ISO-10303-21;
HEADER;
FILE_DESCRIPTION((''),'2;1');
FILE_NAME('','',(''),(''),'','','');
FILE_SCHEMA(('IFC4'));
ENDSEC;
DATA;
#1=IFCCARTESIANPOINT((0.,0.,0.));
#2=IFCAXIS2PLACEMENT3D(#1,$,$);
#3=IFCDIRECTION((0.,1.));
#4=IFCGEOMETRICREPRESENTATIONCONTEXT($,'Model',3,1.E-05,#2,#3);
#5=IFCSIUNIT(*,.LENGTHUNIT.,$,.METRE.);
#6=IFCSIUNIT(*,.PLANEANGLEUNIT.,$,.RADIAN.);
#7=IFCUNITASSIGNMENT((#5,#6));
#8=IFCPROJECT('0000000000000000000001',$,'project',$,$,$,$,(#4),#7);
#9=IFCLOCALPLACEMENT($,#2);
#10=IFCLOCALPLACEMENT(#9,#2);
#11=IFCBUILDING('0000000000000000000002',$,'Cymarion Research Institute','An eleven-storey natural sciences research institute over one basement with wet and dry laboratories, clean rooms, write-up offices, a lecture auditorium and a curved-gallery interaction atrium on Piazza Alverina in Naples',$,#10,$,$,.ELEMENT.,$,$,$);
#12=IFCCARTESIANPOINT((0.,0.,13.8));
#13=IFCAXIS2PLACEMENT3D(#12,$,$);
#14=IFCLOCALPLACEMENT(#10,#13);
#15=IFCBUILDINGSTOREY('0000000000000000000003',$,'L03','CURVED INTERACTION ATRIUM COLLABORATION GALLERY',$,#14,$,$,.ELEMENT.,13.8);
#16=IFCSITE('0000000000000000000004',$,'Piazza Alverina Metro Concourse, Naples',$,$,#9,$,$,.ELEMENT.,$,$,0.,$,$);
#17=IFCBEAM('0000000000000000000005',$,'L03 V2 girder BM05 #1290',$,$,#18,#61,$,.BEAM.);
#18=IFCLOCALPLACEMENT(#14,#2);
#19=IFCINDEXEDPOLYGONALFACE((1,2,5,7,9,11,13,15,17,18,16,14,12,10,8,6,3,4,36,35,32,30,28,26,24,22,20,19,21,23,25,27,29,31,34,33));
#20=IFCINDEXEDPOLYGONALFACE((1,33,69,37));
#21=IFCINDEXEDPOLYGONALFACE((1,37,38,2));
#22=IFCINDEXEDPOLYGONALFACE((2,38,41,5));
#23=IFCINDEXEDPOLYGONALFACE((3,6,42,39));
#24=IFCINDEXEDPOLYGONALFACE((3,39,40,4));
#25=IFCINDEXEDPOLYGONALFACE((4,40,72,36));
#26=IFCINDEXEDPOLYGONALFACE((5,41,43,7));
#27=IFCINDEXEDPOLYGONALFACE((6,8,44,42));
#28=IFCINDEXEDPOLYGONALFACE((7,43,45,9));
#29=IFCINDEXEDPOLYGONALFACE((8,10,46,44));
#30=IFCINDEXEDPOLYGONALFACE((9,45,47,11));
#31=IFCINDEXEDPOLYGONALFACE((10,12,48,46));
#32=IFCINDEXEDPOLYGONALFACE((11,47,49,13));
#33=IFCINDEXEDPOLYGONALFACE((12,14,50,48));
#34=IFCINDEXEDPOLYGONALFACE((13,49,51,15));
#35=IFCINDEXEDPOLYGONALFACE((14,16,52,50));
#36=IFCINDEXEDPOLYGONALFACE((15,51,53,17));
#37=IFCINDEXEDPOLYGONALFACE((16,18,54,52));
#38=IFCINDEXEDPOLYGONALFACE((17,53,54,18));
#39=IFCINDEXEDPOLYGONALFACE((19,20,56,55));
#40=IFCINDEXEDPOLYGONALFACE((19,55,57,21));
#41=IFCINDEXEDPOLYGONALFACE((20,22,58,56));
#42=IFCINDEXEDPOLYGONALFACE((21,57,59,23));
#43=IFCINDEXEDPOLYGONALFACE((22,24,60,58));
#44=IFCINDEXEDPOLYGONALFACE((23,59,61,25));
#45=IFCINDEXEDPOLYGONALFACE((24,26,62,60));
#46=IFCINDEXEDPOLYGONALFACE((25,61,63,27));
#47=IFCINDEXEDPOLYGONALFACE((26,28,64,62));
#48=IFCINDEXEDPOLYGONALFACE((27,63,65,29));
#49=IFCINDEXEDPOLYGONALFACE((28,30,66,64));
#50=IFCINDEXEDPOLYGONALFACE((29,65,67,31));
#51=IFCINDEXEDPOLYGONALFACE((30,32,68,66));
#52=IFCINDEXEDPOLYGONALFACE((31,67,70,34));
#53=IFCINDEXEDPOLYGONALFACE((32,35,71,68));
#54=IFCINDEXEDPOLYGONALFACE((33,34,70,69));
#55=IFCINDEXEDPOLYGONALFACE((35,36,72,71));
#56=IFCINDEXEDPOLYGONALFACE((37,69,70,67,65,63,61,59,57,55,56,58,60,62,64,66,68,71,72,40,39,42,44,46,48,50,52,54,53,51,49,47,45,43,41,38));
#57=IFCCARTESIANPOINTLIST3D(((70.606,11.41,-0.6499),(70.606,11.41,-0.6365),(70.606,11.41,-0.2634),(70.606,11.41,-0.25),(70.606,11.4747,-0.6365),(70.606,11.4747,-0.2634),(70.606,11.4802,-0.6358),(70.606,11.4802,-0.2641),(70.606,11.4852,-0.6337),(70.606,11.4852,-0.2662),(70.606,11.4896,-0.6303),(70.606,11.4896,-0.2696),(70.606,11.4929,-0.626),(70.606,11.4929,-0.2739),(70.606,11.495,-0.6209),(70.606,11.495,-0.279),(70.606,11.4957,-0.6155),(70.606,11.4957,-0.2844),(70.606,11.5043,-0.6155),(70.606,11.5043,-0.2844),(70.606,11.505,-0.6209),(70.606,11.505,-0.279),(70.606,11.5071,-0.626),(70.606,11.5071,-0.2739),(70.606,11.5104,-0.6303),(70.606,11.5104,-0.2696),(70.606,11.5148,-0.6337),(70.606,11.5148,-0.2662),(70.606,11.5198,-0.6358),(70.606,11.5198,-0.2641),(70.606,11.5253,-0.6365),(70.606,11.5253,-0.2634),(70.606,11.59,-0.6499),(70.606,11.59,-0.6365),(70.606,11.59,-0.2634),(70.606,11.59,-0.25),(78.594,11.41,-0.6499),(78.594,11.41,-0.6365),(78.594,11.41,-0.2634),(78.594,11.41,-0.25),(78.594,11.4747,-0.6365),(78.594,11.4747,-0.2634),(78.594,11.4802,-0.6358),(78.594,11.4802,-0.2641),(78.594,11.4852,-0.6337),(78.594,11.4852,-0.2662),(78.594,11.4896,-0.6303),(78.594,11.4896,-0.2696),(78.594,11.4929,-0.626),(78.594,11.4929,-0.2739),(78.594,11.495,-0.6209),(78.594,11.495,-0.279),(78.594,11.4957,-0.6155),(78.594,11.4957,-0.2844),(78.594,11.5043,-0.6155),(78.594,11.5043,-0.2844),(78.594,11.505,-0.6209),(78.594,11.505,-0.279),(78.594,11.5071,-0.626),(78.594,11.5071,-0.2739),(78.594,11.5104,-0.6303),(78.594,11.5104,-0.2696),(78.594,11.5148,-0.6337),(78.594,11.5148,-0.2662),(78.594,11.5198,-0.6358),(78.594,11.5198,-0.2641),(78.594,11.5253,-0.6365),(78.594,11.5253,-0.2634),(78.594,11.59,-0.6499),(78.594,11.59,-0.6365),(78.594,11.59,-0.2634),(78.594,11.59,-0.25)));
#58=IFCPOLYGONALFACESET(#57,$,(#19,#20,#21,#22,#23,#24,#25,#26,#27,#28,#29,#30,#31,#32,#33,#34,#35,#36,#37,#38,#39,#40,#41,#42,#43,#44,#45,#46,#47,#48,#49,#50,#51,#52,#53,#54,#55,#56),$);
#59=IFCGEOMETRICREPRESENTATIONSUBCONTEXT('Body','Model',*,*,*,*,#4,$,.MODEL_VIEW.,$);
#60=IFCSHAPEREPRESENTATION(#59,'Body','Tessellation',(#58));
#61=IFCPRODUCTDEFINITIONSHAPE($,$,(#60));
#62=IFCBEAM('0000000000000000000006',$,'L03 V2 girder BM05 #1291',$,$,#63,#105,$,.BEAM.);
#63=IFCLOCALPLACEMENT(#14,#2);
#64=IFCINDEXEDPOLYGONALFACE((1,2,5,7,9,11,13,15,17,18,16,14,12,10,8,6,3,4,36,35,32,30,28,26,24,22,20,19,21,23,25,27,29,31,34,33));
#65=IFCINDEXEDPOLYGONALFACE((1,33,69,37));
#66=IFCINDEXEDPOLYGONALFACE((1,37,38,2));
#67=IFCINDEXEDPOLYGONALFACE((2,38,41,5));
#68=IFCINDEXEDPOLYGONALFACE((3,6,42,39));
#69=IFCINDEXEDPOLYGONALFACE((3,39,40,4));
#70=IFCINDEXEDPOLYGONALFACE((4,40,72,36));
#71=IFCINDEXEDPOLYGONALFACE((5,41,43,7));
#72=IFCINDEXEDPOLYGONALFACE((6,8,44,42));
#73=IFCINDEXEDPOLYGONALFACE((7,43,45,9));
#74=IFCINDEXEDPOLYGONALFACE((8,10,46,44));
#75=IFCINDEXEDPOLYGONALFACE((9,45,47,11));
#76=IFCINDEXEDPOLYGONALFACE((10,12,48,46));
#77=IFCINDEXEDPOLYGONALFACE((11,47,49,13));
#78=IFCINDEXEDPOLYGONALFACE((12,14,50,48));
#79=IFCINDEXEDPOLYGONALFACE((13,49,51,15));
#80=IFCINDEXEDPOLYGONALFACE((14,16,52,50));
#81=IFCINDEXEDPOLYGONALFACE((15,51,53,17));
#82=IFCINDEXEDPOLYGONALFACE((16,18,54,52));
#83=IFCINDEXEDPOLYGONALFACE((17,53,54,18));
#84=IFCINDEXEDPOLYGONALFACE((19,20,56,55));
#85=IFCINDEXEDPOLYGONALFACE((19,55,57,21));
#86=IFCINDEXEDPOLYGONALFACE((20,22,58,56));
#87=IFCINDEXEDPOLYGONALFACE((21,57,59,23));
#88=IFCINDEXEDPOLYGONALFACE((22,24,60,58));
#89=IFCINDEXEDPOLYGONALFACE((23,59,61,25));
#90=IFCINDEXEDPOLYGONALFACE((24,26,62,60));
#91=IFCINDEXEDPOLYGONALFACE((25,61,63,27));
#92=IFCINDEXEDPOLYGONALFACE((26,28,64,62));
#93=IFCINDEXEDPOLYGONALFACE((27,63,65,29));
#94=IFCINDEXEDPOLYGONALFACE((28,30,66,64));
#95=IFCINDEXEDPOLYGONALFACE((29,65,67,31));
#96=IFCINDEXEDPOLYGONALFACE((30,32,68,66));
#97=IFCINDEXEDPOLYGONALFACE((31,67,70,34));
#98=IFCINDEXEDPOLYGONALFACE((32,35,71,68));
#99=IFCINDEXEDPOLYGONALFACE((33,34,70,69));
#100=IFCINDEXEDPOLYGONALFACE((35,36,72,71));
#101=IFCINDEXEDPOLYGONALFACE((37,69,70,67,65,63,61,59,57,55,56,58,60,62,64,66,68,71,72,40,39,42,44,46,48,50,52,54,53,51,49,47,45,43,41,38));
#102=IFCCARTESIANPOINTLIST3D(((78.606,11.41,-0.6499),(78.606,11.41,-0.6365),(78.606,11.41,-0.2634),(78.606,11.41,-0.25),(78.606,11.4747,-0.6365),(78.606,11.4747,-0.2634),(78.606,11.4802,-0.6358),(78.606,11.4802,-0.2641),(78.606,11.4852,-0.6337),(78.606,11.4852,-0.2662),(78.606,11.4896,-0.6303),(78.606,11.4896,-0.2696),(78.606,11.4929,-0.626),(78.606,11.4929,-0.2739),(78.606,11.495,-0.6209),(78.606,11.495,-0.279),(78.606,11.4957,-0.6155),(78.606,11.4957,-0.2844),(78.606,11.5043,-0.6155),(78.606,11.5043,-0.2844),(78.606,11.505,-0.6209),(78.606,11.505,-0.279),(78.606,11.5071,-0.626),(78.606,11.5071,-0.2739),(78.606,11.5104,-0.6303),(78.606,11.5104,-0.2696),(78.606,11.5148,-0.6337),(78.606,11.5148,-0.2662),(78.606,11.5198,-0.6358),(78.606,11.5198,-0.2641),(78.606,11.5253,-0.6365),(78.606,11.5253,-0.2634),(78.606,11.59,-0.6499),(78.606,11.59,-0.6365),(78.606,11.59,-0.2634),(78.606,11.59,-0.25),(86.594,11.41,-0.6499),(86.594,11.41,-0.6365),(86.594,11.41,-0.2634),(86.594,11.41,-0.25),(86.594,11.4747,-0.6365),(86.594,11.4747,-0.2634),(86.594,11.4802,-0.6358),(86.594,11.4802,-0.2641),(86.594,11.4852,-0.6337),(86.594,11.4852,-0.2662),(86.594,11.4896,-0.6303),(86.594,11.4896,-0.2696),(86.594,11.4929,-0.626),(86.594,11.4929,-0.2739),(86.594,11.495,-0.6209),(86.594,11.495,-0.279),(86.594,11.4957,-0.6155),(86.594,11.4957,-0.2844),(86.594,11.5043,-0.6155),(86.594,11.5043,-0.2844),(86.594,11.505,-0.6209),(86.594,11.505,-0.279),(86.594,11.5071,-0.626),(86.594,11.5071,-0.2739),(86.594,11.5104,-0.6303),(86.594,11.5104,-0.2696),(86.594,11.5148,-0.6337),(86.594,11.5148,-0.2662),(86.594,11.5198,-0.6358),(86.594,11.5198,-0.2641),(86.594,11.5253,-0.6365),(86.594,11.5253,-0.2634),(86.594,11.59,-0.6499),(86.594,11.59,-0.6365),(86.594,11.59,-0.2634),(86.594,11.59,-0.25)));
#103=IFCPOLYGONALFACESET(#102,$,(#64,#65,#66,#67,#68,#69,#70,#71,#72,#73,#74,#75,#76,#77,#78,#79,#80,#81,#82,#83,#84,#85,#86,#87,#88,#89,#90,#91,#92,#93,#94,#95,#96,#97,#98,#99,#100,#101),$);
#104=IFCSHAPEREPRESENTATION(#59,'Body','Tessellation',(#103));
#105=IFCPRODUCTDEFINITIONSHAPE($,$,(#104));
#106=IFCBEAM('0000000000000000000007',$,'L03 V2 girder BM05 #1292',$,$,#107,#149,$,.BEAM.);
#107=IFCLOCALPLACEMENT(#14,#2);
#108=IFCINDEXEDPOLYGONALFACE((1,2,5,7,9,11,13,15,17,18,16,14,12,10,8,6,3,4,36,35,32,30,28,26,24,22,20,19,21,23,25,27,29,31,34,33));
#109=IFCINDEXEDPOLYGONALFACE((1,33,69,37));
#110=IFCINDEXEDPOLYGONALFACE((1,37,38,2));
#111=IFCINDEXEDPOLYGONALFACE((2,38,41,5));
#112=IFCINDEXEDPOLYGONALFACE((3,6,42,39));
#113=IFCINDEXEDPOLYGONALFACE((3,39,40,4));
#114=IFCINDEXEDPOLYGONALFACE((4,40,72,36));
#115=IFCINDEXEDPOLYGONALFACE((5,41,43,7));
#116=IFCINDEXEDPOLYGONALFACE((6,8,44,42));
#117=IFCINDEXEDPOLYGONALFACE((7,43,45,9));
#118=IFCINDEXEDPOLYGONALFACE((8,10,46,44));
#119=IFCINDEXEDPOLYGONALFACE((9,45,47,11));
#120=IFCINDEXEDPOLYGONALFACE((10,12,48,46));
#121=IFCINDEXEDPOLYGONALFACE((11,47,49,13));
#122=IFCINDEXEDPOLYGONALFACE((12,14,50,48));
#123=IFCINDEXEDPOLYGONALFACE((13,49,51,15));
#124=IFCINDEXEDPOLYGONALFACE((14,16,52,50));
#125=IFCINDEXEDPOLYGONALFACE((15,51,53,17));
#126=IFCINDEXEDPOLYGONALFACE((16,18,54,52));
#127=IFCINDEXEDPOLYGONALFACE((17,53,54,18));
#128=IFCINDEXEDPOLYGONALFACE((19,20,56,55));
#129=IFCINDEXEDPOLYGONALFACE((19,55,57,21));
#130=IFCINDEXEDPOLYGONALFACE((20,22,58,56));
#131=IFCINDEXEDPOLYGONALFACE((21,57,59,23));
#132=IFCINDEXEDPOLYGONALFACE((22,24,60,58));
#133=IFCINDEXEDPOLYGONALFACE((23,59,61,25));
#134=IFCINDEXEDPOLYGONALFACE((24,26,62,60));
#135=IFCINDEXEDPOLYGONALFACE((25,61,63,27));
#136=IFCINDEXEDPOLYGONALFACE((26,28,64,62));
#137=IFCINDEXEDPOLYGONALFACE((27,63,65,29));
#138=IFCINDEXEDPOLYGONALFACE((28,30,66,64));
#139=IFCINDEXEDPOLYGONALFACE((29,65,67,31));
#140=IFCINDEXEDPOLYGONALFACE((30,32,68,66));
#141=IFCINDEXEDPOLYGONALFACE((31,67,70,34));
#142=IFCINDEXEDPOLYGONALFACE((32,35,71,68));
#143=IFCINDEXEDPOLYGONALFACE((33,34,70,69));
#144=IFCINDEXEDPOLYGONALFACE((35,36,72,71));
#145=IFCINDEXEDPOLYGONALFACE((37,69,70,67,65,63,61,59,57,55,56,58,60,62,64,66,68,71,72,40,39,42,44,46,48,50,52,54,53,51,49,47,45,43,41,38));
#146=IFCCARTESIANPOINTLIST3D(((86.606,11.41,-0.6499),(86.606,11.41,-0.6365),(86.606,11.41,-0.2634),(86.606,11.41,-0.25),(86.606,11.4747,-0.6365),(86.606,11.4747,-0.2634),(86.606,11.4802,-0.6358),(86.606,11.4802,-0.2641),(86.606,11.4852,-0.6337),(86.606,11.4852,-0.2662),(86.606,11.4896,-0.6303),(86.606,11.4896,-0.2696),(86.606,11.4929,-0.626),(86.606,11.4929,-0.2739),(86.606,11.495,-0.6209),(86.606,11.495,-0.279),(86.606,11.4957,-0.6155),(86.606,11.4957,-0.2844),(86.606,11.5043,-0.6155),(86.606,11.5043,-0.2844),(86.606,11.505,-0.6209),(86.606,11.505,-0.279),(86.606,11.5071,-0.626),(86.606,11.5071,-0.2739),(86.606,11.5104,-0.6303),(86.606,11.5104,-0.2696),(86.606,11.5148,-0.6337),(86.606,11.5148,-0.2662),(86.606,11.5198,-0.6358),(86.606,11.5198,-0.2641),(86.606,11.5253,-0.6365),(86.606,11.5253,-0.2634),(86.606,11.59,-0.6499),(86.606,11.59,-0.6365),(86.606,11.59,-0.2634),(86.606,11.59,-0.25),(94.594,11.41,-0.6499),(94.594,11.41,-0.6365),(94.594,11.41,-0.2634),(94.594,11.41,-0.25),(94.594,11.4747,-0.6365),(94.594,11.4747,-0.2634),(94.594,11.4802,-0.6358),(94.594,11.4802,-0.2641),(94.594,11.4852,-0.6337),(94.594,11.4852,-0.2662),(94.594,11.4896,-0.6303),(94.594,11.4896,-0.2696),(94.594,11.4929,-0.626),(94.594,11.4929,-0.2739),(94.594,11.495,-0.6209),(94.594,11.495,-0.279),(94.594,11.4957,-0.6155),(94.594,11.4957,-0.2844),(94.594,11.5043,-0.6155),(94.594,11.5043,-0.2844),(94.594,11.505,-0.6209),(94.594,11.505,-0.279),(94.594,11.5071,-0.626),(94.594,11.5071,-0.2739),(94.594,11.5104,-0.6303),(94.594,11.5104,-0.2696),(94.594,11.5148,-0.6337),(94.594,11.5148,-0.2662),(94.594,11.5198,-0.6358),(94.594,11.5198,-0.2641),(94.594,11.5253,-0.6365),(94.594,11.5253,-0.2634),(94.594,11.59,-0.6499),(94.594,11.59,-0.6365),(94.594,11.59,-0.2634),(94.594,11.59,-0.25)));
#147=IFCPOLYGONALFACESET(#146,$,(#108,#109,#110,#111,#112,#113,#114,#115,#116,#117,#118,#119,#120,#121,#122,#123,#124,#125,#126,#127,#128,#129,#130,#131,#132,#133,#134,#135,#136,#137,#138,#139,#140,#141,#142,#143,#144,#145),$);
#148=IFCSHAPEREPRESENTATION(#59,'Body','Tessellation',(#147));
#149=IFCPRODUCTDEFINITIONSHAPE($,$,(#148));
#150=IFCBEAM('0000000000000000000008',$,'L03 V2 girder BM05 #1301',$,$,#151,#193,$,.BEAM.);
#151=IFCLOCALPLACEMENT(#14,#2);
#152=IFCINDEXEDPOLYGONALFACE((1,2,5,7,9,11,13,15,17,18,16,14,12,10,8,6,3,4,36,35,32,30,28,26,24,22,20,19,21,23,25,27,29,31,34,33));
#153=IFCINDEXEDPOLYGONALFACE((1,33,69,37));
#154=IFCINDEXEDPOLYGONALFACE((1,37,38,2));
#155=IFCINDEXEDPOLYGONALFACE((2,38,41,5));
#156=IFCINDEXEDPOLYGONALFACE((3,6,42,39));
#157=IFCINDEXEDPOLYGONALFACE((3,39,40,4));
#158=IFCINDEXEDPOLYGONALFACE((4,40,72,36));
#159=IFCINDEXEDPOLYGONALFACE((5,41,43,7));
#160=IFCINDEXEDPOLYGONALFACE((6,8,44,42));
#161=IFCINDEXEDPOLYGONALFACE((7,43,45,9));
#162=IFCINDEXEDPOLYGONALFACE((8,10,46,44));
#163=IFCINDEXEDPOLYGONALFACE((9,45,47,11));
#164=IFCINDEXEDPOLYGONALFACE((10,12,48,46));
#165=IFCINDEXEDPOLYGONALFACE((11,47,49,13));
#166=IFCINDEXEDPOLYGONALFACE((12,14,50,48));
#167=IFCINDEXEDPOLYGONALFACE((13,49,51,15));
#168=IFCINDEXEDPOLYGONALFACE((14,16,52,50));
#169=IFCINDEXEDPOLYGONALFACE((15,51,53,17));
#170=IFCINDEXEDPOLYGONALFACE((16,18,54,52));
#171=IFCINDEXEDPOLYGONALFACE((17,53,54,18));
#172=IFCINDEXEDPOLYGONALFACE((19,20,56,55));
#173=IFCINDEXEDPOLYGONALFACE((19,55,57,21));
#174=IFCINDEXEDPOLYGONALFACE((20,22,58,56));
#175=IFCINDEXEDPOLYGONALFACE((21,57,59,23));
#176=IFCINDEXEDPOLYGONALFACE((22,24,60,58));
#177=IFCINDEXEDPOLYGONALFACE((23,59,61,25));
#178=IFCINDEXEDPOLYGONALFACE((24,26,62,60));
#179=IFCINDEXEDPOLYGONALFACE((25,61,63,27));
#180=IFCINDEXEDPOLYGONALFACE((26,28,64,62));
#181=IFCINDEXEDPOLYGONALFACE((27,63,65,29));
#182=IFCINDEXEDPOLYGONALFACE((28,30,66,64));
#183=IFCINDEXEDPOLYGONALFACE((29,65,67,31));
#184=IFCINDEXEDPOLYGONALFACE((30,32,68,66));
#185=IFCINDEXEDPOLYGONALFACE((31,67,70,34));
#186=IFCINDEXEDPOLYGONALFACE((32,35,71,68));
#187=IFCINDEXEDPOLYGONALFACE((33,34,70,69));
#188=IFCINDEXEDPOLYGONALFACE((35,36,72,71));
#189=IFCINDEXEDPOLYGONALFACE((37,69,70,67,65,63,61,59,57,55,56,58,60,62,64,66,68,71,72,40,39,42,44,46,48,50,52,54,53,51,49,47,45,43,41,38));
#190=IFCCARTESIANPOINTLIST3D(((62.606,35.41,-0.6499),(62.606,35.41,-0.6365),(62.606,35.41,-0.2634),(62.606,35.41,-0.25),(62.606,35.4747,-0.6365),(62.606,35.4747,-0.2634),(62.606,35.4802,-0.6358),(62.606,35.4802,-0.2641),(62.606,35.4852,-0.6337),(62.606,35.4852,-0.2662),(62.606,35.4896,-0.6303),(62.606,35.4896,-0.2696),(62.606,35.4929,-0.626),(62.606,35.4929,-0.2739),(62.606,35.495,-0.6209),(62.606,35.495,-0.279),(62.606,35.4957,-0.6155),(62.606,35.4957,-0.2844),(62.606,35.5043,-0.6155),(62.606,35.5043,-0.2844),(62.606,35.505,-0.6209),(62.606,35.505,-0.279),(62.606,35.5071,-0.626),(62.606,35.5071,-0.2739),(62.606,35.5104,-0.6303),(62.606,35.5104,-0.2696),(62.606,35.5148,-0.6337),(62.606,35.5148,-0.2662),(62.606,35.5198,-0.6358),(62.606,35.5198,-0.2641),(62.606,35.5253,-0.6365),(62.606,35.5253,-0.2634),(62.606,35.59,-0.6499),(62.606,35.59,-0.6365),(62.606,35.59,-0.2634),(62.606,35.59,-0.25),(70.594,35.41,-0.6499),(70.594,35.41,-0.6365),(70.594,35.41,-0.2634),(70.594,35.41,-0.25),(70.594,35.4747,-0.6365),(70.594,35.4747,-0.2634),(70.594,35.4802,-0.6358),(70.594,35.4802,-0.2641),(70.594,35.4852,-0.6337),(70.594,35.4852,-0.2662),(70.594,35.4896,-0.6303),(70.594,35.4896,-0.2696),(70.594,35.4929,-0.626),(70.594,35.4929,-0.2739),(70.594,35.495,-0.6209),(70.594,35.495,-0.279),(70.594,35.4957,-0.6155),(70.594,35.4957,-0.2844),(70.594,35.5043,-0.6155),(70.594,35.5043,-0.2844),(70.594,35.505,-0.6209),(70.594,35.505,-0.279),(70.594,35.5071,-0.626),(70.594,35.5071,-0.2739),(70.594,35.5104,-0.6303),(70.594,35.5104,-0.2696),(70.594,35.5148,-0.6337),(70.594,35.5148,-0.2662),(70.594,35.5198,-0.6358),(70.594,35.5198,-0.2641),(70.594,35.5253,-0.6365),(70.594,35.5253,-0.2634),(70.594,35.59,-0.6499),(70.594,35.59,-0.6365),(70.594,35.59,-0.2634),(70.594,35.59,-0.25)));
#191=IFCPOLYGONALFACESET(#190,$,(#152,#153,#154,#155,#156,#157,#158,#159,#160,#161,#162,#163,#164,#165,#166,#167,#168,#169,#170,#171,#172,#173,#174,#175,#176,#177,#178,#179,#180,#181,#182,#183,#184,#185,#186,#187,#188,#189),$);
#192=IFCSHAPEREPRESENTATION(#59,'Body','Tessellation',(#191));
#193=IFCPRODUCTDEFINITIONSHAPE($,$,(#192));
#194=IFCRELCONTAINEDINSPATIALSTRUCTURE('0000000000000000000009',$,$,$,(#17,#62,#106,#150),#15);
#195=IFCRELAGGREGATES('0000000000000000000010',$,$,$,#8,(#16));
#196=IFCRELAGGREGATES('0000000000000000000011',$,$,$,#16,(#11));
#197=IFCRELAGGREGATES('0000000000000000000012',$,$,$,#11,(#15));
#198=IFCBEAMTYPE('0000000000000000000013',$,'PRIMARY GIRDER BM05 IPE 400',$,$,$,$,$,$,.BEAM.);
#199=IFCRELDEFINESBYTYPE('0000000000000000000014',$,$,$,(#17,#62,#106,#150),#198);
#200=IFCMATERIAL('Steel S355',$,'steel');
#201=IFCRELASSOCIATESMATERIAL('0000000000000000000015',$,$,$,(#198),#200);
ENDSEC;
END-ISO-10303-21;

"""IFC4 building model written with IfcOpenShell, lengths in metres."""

from ifc_helpers import new_model, si_unit, direction, frame, origin, origin_2d, place, context, subcontext, project, spatial, i_section, extrude, material, material_profile, profile_set, type_object, element, save


model = new_model("IFC4")

# Units and contexts
model_context = context("Model", 3, precision=1e-05, world=origin(), true_north=direction((0.0, 1.0)))
body_context = subcontext(model_context, "Body", "Model", "MODEL_VIEW")
ifc_project = project(units=[si_unit("LENGTHUNIT", "METRE"), si_unit("PLANEANGLEUNIT", "RADIAN")], contexts=[model_context])

# Site, building, storey
site_placement = place(None, origin())
site = spatial("IfcSite", under=ifc_project, at=site_placement, Name="Piazza Alverina Metro Concourse, Naples", CompositionType="ELEMENT", RefElevation=0.0)
building_placement = place(site_placement, origin())
building = spatial("IfcBuilding", under=site, at=building_placement, Name="Cymarion Research Institute", Description="An eleven-storey natural sciences research institute over one basement with wet and dry laboratories, clean rooms, write-up offices, a lecture auditorium and a curved-gallery interaction atrium on Piazza Alverina in Naples", CompositionType="ELEMENT")
storey_placement = place(building_placement, frame((0.0, 0.0, 13.8)))
storey = spatial("IfcBuildingStorey", under=building, at=storey_placement, Name="L03", Description="CURVED INTERACTION ATRIUM COLLABORATION GALLERY", CompositionType="ELEMENT", Elevation=13.8)

# Shared definitions
ifc_material = material(Name="Steel S355", Category="steel")

# Beams
ifc_material_profile_1 = material_profile(ifc_material, i_section(OverallWidth=0.1799, OverallDepth=0.3999, WebThickness=0.0085, FlangeThickness=0.0134, FilletRadius=0.021, at=origin_2d()), Name="IPE 400")
ifc_profile_set_1 = profile_set([ifc_material_profile_1], Name="Steel S355")
beam_type_1 = type_object("IfcBeamType", Name="PRIMARY GIRDER BM05 IPE 400", PredefinedType="BEAM", material=ifc_profile_set_1)
for number, where, z_axis, x_axis, name in (
    (1, (70.606, 11.5, -0.45), (1.0, 0.0, 0.0), (0.0, 1.0, 0.0), "L03 V2 girder BM05 #1290"),
    (2, (78.606, 11.5, -0.45), (1.0, 0.0, 0.0), (0.0, 1.0, 0.0), "L03 V2 girder BM05 #1291"),
    (3, (86.606, 11.5, -0.45), (1.0, 0.0, 0.0), (0.0, 1.0, 0.0), "L03 V2 girder BM05 #1292"),
    (4, (62.606, 35.5, -0.45), (1.0, 0.0, 0.0), (0.0, 1.0, 0.0), "L03 V2 girder BM05 #1301"),
):
    element("IfcBeam", number, at=place(storey_placement, frame(where, z_axis=z_axis, x_axis=x_axis)), inside=storey, type_object=beam_type_1, Name=name, PredefinedType="BEAM", context=body_context, shape_type="SweptSolid", body=[
        extrude(i_section(OverallWidth=0.1799, OverallDepth=0.3999, WebThickness=0.0085, FlangeThickness=0.0134, FilletRadius=0.021, at=origin_2d()), origin(), (0.0, 0.0, 1.0), 7.988),
    ])

save(model, "model.ifc")
